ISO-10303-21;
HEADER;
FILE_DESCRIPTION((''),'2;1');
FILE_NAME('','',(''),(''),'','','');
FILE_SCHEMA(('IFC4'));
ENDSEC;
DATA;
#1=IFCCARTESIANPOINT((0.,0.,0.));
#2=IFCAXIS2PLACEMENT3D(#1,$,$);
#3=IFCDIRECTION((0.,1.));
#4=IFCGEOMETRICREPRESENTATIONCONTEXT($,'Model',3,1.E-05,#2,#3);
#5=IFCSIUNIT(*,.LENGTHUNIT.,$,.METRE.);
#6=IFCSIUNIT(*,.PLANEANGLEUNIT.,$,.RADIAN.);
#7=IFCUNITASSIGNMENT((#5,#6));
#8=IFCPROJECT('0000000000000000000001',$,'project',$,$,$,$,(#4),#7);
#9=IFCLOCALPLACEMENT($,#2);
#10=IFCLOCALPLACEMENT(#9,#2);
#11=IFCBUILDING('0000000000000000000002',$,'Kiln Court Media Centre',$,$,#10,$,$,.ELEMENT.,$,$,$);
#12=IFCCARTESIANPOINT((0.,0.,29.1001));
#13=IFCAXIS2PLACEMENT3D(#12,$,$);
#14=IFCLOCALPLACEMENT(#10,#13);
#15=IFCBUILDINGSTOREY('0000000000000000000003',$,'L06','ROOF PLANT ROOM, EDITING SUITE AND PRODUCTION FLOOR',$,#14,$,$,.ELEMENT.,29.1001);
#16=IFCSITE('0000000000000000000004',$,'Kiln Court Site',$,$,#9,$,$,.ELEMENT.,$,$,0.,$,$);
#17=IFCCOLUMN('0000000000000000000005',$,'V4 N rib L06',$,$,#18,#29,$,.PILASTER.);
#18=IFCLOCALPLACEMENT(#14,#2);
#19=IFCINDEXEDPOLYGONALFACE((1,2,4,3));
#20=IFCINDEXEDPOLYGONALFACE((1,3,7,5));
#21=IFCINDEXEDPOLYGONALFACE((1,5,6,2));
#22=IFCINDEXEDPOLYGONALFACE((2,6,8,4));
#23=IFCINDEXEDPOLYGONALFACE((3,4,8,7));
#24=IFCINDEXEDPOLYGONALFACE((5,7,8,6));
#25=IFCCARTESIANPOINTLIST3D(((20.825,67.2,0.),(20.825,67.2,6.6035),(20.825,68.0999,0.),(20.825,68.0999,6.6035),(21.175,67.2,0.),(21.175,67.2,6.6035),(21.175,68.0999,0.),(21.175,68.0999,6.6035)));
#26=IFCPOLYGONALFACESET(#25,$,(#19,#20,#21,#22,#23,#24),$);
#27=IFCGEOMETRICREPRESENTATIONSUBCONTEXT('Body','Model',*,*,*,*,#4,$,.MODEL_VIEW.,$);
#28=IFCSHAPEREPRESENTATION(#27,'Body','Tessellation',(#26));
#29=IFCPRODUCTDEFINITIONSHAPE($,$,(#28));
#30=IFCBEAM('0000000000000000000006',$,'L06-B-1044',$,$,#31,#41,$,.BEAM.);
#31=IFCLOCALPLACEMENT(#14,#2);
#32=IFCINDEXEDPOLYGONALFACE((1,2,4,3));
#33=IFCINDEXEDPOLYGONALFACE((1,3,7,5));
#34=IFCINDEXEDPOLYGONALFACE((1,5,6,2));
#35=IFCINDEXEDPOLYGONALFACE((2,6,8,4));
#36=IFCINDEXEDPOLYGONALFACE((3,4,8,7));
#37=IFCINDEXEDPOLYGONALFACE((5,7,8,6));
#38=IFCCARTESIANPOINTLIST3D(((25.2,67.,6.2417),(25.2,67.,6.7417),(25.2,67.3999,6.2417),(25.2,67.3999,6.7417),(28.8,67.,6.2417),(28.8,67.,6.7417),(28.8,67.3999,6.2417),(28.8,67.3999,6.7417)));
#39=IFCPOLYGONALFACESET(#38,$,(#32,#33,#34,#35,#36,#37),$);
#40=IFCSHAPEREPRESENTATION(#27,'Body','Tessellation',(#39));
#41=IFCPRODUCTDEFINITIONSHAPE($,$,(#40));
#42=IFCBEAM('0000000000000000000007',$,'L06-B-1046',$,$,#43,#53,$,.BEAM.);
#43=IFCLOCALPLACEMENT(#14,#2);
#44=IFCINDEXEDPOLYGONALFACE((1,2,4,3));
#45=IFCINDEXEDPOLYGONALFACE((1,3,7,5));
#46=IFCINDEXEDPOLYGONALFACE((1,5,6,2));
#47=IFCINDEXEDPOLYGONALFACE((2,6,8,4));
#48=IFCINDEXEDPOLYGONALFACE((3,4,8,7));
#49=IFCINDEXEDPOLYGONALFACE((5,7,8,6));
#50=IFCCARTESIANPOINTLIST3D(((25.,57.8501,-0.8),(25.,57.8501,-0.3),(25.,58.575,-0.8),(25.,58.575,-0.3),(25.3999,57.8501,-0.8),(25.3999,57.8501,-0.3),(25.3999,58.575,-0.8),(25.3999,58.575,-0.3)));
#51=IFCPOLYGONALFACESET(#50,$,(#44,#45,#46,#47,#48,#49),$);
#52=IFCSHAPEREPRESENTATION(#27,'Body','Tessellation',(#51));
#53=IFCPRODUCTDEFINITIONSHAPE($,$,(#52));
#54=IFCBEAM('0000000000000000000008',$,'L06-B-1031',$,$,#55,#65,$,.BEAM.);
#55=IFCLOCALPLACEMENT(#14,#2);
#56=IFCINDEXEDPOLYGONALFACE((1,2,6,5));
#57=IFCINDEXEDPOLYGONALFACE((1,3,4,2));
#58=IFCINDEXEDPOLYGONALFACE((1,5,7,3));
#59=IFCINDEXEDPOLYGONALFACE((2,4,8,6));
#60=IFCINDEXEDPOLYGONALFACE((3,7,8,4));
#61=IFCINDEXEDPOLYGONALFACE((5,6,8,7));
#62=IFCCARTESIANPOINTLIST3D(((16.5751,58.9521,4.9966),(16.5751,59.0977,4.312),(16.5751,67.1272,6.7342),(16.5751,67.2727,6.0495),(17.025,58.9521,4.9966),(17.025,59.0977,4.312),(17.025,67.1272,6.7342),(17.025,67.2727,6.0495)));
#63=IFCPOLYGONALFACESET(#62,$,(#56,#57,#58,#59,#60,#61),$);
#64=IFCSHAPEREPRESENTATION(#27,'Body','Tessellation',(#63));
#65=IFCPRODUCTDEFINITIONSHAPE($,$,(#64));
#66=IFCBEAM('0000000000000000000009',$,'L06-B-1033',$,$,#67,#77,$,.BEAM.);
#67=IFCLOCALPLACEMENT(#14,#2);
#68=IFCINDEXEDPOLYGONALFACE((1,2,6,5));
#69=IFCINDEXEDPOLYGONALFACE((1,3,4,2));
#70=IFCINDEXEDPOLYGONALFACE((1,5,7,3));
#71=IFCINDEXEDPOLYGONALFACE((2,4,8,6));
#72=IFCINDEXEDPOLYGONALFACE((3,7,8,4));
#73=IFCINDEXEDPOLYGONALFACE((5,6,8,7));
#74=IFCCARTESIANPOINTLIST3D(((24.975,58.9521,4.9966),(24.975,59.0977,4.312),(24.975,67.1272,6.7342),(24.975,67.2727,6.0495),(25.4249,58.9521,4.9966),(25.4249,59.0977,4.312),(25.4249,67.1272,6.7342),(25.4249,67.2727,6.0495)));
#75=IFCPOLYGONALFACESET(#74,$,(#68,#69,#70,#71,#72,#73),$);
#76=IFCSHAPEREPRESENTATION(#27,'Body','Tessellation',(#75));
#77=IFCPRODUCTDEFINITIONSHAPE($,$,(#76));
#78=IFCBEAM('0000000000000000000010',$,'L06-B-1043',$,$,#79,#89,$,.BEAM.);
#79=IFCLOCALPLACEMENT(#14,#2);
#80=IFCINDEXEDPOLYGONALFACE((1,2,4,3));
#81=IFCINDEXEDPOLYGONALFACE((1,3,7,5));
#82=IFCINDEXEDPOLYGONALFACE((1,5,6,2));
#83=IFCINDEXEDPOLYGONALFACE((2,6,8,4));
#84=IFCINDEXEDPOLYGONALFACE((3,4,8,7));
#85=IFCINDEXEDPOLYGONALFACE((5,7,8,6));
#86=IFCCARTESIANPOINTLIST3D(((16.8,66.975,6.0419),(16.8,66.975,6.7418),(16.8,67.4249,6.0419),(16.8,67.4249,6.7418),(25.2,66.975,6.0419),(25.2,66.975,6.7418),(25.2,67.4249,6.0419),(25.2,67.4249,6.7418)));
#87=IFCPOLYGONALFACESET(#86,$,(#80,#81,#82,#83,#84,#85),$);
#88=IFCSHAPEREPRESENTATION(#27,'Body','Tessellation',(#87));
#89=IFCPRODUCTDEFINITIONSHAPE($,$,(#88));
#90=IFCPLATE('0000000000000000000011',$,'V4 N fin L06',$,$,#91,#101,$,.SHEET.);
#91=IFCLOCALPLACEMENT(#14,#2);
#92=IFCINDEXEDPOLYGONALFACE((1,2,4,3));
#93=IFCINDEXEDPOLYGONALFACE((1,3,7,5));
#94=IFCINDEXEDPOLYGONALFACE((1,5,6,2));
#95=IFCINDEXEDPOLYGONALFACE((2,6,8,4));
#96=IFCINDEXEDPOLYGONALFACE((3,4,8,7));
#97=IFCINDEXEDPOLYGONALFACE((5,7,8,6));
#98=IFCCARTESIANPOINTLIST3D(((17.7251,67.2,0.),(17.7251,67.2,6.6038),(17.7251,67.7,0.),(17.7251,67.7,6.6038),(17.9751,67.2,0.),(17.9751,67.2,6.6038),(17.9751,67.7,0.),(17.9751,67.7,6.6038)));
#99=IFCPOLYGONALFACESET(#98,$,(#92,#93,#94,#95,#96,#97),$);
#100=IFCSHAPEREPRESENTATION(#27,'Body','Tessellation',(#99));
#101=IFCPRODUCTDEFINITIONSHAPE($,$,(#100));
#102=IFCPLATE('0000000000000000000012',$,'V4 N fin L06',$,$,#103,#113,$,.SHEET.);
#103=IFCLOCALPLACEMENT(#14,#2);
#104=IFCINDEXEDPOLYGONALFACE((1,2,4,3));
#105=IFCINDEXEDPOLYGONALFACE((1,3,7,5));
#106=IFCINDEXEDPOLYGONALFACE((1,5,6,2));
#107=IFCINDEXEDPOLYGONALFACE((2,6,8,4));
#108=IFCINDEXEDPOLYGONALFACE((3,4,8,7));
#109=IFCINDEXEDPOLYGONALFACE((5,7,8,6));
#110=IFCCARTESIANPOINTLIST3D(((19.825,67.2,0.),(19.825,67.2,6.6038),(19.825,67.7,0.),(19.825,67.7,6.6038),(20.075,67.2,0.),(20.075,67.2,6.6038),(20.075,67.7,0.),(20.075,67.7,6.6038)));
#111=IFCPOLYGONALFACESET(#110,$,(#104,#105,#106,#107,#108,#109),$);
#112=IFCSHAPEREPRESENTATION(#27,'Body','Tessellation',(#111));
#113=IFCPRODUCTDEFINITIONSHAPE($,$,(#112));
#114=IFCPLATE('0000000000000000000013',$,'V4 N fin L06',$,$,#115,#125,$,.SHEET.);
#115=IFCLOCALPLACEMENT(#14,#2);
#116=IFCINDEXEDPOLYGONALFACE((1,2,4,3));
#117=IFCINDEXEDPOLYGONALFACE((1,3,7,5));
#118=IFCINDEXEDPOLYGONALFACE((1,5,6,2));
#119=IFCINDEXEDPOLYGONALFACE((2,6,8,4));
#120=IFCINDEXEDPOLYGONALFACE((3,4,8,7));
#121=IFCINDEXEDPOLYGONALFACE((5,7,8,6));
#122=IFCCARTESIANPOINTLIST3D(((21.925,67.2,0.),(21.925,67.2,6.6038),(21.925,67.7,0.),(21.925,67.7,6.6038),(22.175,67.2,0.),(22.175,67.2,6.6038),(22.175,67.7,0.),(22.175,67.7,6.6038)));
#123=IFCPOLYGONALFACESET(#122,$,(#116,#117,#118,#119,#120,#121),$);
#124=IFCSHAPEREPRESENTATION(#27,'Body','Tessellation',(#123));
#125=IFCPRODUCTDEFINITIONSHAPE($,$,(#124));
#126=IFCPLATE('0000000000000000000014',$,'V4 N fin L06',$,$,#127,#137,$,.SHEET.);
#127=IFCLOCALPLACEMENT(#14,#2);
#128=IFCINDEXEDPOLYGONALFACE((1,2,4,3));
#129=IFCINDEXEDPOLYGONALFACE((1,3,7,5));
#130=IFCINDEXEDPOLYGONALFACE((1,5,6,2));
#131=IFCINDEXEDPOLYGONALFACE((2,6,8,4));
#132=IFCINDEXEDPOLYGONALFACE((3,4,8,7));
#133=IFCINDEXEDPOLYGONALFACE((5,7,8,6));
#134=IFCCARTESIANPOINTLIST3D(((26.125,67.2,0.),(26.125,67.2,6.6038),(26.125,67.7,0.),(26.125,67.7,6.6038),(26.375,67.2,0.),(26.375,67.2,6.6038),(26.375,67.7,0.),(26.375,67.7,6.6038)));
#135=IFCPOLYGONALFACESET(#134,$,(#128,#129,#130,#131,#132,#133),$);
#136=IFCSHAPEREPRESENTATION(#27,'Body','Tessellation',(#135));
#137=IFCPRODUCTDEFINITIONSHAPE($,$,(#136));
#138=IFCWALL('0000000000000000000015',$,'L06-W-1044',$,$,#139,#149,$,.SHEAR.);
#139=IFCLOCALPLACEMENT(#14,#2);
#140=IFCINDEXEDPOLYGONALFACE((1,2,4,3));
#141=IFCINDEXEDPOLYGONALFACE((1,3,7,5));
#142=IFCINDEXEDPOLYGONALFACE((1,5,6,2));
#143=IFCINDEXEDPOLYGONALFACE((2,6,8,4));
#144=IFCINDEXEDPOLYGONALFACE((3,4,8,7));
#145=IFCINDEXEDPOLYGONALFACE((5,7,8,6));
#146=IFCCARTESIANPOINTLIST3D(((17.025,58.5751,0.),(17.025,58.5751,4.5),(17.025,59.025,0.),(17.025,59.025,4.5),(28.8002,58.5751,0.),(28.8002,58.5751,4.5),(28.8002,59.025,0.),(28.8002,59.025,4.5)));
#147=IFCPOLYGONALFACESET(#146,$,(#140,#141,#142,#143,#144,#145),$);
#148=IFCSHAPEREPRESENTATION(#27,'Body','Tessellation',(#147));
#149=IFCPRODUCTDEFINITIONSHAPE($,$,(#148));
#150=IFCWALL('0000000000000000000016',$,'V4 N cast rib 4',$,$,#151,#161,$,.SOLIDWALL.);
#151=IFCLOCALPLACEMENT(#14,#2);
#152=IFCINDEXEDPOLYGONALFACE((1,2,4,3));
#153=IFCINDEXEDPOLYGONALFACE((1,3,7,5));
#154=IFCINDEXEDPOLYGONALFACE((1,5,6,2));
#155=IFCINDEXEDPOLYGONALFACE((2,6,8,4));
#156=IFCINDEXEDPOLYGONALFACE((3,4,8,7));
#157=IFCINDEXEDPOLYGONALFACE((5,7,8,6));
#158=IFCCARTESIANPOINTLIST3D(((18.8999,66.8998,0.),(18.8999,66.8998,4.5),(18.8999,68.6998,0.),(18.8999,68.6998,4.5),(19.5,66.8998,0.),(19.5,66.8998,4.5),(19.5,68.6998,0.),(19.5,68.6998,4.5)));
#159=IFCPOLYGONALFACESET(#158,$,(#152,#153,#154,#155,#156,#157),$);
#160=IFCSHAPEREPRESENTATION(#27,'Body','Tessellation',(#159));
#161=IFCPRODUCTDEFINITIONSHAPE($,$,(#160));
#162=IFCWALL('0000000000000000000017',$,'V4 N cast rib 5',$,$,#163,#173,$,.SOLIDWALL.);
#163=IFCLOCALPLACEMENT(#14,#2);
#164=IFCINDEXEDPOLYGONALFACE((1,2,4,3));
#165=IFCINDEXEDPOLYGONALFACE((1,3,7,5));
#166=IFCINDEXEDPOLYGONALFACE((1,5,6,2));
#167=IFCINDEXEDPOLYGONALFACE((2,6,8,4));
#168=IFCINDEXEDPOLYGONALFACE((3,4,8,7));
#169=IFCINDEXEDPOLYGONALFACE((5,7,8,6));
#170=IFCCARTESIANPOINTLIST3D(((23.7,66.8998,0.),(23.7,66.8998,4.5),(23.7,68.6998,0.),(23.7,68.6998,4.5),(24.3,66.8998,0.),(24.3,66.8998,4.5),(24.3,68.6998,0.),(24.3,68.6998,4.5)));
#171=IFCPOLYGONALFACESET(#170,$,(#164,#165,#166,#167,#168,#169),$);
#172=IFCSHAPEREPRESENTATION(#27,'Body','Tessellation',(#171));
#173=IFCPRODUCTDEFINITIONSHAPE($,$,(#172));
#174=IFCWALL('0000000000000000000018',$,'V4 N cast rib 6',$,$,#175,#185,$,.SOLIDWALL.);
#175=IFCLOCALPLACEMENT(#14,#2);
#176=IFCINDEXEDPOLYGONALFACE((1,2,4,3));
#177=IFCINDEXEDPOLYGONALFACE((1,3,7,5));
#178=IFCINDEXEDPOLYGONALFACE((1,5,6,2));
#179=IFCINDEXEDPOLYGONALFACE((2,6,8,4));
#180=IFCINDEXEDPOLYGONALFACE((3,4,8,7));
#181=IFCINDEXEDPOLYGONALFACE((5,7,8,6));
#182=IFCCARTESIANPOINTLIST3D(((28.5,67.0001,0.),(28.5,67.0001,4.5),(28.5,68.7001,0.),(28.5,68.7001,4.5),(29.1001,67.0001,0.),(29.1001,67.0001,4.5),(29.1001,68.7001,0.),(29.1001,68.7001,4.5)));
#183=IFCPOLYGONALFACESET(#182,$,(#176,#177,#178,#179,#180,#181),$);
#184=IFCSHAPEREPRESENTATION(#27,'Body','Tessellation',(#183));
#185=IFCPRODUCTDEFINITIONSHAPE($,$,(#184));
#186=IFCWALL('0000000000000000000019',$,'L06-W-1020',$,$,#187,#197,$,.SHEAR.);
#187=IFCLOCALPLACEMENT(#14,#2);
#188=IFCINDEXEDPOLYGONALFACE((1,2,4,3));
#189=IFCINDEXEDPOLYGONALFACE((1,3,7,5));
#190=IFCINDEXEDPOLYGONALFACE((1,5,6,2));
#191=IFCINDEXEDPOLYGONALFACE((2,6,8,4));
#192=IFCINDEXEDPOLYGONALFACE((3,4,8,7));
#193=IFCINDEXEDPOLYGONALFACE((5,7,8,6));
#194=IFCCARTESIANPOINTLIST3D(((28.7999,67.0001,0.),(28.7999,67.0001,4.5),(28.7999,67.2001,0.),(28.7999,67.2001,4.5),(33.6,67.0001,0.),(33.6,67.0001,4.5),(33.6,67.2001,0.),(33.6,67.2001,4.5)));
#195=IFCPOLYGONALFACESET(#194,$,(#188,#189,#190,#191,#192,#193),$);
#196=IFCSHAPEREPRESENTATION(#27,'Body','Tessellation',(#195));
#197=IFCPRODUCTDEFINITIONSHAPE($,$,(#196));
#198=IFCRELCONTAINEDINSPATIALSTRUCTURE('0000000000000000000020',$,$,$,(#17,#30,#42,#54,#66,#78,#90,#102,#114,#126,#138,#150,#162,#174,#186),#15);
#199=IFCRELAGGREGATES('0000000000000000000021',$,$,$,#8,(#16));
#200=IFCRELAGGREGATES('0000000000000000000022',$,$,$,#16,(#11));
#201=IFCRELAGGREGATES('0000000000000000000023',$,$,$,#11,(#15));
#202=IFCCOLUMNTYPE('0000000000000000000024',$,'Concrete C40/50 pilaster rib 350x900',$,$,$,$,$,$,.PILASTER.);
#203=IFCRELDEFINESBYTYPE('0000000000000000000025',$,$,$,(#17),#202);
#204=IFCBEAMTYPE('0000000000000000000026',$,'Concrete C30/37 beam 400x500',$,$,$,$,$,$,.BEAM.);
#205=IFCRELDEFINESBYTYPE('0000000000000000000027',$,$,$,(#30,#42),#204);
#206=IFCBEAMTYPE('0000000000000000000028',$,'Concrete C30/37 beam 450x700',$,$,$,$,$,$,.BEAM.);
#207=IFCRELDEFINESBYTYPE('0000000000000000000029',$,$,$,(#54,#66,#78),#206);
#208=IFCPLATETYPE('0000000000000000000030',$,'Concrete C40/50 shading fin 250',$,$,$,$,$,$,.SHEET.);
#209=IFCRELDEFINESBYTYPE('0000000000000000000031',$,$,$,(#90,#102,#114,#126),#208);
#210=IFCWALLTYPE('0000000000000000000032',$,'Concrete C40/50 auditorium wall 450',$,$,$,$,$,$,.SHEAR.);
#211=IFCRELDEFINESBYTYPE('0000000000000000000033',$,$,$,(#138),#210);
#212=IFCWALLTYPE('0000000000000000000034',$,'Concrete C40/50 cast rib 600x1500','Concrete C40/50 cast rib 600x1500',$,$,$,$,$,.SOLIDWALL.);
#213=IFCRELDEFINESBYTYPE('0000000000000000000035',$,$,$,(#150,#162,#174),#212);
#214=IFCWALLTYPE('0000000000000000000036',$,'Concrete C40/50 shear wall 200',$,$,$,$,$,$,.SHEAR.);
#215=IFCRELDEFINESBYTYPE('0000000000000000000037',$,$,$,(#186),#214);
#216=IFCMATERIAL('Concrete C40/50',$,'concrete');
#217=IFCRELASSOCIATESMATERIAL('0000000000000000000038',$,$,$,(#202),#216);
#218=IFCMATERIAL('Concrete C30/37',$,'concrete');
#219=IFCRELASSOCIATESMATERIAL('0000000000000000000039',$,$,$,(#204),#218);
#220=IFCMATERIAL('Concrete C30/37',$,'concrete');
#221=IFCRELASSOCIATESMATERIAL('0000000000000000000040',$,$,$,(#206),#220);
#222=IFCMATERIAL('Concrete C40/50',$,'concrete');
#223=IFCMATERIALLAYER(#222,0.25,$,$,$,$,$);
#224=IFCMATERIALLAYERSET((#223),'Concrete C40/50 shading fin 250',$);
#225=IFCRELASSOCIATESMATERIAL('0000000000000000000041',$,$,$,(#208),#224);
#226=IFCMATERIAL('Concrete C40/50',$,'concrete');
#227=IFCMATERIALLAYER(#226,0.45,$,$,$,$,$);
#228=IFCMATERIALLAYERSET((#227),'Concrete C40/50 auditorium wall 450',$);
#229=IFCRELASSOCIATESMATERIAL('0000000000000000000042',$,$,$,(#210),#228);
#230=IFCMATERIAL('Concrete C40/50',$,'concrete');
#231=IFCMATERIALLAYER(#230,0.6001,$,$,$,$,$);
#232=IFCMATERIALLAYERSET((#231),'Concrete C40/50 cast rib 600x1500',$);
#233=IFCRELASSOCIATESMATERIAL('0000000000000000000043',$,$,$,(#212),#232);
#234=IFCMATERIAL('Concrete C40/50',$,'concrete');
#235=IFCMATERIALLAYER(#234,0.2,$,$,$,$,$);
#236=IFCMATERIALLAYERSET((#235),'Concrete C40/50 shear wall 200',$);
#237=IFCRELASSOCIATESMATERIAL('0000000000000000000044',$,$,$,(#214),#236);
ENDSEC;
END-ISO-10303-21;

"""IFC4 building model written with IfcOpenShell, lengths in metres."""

from ifc_helpers import new_model, si_unit, direction, frame, frame_2d, origin, origin_2d, place, context, subcontext, project, spatial, rectangle, extrude, material, layer, layer_set, material_profile, profile_set, type_object, element, save


model = new_model("IFC4")

# Units and contexts
model_context = context("Model", 3, precision=1e-05, world=origin(), true_north=direction((0.0, 1.0)))
body_context = subcontext(model_context, "Body", "Model", "MODEL_VIEW")
ifc_project = project(units=[si_unit("LENGTHUNIT", "METRE"), si_unit("PLANEANGLEUNIT", "RADIAN")], contexts=[model_context])

# Site, building, storey
site_placement = place(None, origin())
site = spatial("IfcSite", under=ifc_project, at=site_placement, Name="Kiln Court Site", CompositionType="ELEMENT", RefElevation=0.0)
building_placement = place(site_placement, origin())
building = spatial("IfcBuilding", under=site, at=building_placement, Name="Kiln Court Media Centre", CompositionType="ELEMENT")
storey_placement = place(building_placement, frame((0.0, 0.0, 29.1001)))
storey = spatial("IfcBuildingStorey", under=building, at=storey_placement, Name="L06", Description="ROOF PLANT ROOM, EDITING SUITE AND PRODUCTION FLOOR", CompositionType="ELEMENT", Elevation=29.1001)

# Column
ifc_material_1 = material(Name="Concrete C40/50", Category="concrete")
ifc_material_profile_1 = material_profile(ifc_material_1, rectangle(XDim=0.3501, YDim=0.8999, at=origin_2d()), Name="RC 350x900")
ifc_profile_set_1 = profile_set([ifc_material_profile_1], Name="Concrete C40/50")
column_type = type_object("IfcColumnType", Name="Concrete C40/50 pilaster rib 350x900", PredefinedType="PILASTER", material=ifc_profile_set_1)
column_placement = place(storey_placement, frame((21.0, 67.6499, 0.0), z_axis=(0.0, 0.0, 1.0), x_axis=(1.0, 0.0, 0.0)))
element("IfcColumn", 1, at=column_placement, inside=storey, type_object=column_type, Name="V4 N rib L06", PredefinedType="PILASTER", context=body_context, shape_type="SweptSolid", body=[
    extrude(rectangle(XDim=0.3501, YDim=0.8999, at=origin_2d()), origin(), (0.0, 0.0, 1.0), 6.6035),
])

# Beams
ifc_material_2 = material(Name="Concrete C30/37", Category="concrete")
ifc_material_profile_2 = material_profile(ifc_material_2, rectangle(XDim=0.3999, YDim=0.5, at=origin_2d()), Name="RC 400x500")
ifc_profile_set_2 = profile_set([ifc_material_profile_2], Name="Concrete C30/37")
beam_type_1 = type_object("IfcBeamType", Name="Concrete C30/37 beam 400x500", PredefinedType="BEAM", material=ifc_profile_set_2)
beam_1_placement = place(storey_placement, frame((25.2, 67.2, 6.4917), z_axis=(1.0, 0.0, 0.0), x_axis=(0.0, 1.0, 0.0)))
element("IfcBeam", 2, at=beam_1_placement, inside=storey, type_object=beam_type_1, Name="L06-B-1044", PredefinedType="BEAM", context=body_context, shape_type="SweptSolid", body=[
    extrude(rectangle(XDim=0.3999, YDim=0.5, at=origin_2d()), origin(), (0.0, 0.0, 1.0), 3.6001),
])
beam_2_placement = place(storey_placement, frame((25.2, 57.8501, -0.55), z_axis=(0.0, 1.0, 0.0), x_axis=(-1.0, 0.0, 0.0)))
element("IfcBeam", 3, at=beam_2_placement, inside=storey, type_object=beam_type_1, Name="L06-B-1046", PredefinedType="BEAM", context=body_context, shape_type="SweptSolid", body=[
    extrude(rectangle(XDim=0.3999, YDim=0.5, at=origin_2d()), origin(), (0.0, 0.0, 1.0), 0.7249),
])
ifc_material_3 = material(Name="Concrete C30/37", Category="concrete")
ifc_material_profile_3 = material_profile(ifc_material_3, rectangle(XDim=0.45, YDim=0.7, at=origin_2d()), Name="RC 450x700")
ifc_profile_set_3 = profile_set([ifc_material_profile_3], Name="Concrete C30/37")
beam_type_2 = type_object("IfcBeamType", Name="Concrete C30/37 beam 450x700", PredefinedType="BEAM", material=ifc_profile_set_3)
for number, where, z_axis, x_axis, name in (
    (4, (16.8, 59.0249, 4.6543), (0.0, 0.97815, 0.207899), (-1.0, 0.0, 0.0), "L06-B-1031"),
    (5, (25.2, 59.0249, 4.6543), (0.0, 0.97815, 0.207899), (-1.0, 0.0, 0.0), "L06-B-1033"),
):
    element("IfcBeam", number, at=place(storey_placement, frame(where, z_axis=z_axis, x_axis=x_axis)), inside=storey, type_object=beam_type_2, Name=name, PredefinedType="BEAM", context=body_context, shape_type="SweptSolid", body=[
        extrude(rectangle(XDim=0.45, YDim=0.7, at=origin_2d()), origin(), (0.0, 0.0, 1.0), 8.3577),
    ])
beam_3_placement = place(storey_placement, frame((16.8, 67.2, 6.3918), z_axis=(1.0, 0.0, 0.0), x_axis=(0.0, 1.0, 0.0)))
element("IfcBeam", 6, at=beam_3_placement, inside=storey, type_object=beam_type_2, Name="L06-B-1043", PredefinedType="BEAM", context=body_context, shape_type="SweptSolid", body=[
    extrude(rectangle(XDim=0.45, YDim=0.7, at=origin_2d()), origin(), (0.0, 0.0, 1.0), 8.3999),
])

# Plates
ifc_material_4 = material(Name="Concrete C40/50", Category="concrete")
ifc_layer_1 = layer(ifc_material_4, 0.25)
ifc_layer_set_1 = layer_set([ifc_layer_1], Name="Concrete C40/50 shading fin 250")
plate_type = type_object("IfcPlateType", Name="Concrete C40/50 shading fin 250", PredefinedType="SHEET", material=ifc_layer_set_1)
for number, where, z_axis, x_axis, name in (
    (7, (17.8501, 67.45, 0.0), (0.0, 0.0, 1.0), (1.0, 0.0, 0.0), "V4 N fin L06"),
    (8, (19.95, 67.45, 0.0), (0.0, 0.0, 1.0), (1.0, 0.0, 0.0), "V4 N fin L06"),
    (9, (22.05, 67.45, 0.0), (0.0, 0.0, 1.0), (1.0, 0.0, 0.0), "V4 N fin L06"),
    (10, (26.25, 67.45, 0.0), (0.0, 0.0, 1.0), (1.0, 0.0, 0.0), "V4 N fin L06"),
):
    element("IfcPlate", number, at=place(storey_placement, frame(where, z_axis=z_axis, x_axis=x_axis)), inside=storey, type_object=plate_type, Name=name, PredefinedType="SHEET", context=body_context, shape_type="SweptSolid", body=[
        extrude(rectangle(XDim=0.25, YDim=0.5, at=origin_2d()), origin(), (0.0, 0.0, 1.0), 6.6038),
    ])

# Walls
ifc_material_5 = material(Name="Concrete C40/50", Category="concrete")
ifc_layer_2 = layer(ifc_material_5, 0.45)
ifc_layer_set_2 = layer_set([ifc_layer_2], Name="Concrete C40/50 auditorium wall 450")
wall_type_1 = type_object("IfcWallType", Name="Concrete C40/50 auditorium wall 450", PredefinedType="SHEAR", material=ifc_layer_set_2)
wall_1_placement = place(storey_placement, frame((17.0249, 58.8, 0.0), z_axis=(0.0, 0.0, 1.0), x_axis=(1.0, 0.0, 0.0)))
element("IfcWall", 11, at=wall_1_placement, inside=storey, type_object=wall_type_1, Name="L06-W-1044", PredefinedType="SHEAR", context=body_context, shape_type="SweptSolid", body=[
    extrude(rectangle(XDim=11.7751, YDim=0.45, at=frame_2d((5.8877, 0.0))), origin(), (0.0, 0.0, 1.0), 4.5),
])
ifc_material_6 = material(Name="Concrete C40/50", Category="concrete")
ifc_layer_3 = layer(ifc_material_6, 0.6001)
ifc_layer_set_3 = layer_set([ifc_layer_3], Name="Concrete C40/50 cast rib 600x1500")
wall_type_2 = type_object("IfcWallType", Name="Concrete C40/50 cast rib 600x1500", Description="Concrete C40/50 cast rib 600x1500", PredefinedType="SOLIDWALL", material=ifc_layer_set_3)
for number, where, z_axis, x_axis, name in (
    (12, (19.2, 66.8999, 0.0), (0.0, 0.0, 1.0), (0.0, 1.0, 0.0), "V4 N cast rib 4"),
    (13, (24.0, 66.8999, 0.0), (0.0, 0.0, 1.0), (0.0, 1.0, 0.0), "V4 N cast rib 5"),
):
    element("IfcWall", number, at=place(storey_placement, frame(where, z_axis=z_axis, x_axis=x_axis)), inside=storey, type_object=wall_type_2, Name=name, PredefinedType="SOLIDWALL", context=body_context, shape_type="SweptSolid", body=[
        extrude(rectangle(XDim=1.8, YDim=0.6001, at=frame_2d((0.8999, 0.0))), origin(), (0.0, 0.0, 1.0), 4.5),
    ])
wall_2_placement = place(storey_placement, frame((28.8, 67.0, 0.0), z_axis=(0.0, 0.0, 1.0), x_axis=(0.0, 1.0, 0.0)))
element("IfcWall", 14, at=wall_2_placement, inside=storey, type_object=wall_type_2, Name="V4 N cast rib 6", PredefinedType="SOLIDWALL", context=body_context, shape_type="SweptSolid", body=[
    extrude(rectangle(XDim=1.7, YDim=0.6001, at=frame_2d((0.8501, 0.0))), origin(), (0.0, 0.0, 1.0), 4.5),
])
ifc_material_7 = material(Name="Concrete C40/50", Category="concrete")
ifc_layer_4 = layer(ifc_material_7, 0.2)
ifc_layer_set_4 = layer_set([ifc_layer_4], Name="Concrete C40/50 shear wall 200")
wall_type_3 = type_object("IfcWallType", Name="Concrete C40/50 shear wall 200", PredefinedType="SHEAR", material=ifc_layer_set_4)
wall_3_placement = place(storey_placement, frame((28.8, 67.1001, 0.0), z_axis=(0.0, 0.0, 1.0), x_axis=(1.0, 0.0, 0.0)))
element("IfcWall", 15, at=wall_3_placement, inside=storey, type_object=wall_type_3, Name="L06-W-1020", PredefinedType="SHEAR", context=body_context, shape_type="SweptSolid", body=[
    extrude(rectangle(XDim=4.8, YDim=0.2, at=frame_2d((2.3999, 0.0))), origin(), (0.0, 0.0, 1.0), 4.5),
])

save(model, "model.ifc")
